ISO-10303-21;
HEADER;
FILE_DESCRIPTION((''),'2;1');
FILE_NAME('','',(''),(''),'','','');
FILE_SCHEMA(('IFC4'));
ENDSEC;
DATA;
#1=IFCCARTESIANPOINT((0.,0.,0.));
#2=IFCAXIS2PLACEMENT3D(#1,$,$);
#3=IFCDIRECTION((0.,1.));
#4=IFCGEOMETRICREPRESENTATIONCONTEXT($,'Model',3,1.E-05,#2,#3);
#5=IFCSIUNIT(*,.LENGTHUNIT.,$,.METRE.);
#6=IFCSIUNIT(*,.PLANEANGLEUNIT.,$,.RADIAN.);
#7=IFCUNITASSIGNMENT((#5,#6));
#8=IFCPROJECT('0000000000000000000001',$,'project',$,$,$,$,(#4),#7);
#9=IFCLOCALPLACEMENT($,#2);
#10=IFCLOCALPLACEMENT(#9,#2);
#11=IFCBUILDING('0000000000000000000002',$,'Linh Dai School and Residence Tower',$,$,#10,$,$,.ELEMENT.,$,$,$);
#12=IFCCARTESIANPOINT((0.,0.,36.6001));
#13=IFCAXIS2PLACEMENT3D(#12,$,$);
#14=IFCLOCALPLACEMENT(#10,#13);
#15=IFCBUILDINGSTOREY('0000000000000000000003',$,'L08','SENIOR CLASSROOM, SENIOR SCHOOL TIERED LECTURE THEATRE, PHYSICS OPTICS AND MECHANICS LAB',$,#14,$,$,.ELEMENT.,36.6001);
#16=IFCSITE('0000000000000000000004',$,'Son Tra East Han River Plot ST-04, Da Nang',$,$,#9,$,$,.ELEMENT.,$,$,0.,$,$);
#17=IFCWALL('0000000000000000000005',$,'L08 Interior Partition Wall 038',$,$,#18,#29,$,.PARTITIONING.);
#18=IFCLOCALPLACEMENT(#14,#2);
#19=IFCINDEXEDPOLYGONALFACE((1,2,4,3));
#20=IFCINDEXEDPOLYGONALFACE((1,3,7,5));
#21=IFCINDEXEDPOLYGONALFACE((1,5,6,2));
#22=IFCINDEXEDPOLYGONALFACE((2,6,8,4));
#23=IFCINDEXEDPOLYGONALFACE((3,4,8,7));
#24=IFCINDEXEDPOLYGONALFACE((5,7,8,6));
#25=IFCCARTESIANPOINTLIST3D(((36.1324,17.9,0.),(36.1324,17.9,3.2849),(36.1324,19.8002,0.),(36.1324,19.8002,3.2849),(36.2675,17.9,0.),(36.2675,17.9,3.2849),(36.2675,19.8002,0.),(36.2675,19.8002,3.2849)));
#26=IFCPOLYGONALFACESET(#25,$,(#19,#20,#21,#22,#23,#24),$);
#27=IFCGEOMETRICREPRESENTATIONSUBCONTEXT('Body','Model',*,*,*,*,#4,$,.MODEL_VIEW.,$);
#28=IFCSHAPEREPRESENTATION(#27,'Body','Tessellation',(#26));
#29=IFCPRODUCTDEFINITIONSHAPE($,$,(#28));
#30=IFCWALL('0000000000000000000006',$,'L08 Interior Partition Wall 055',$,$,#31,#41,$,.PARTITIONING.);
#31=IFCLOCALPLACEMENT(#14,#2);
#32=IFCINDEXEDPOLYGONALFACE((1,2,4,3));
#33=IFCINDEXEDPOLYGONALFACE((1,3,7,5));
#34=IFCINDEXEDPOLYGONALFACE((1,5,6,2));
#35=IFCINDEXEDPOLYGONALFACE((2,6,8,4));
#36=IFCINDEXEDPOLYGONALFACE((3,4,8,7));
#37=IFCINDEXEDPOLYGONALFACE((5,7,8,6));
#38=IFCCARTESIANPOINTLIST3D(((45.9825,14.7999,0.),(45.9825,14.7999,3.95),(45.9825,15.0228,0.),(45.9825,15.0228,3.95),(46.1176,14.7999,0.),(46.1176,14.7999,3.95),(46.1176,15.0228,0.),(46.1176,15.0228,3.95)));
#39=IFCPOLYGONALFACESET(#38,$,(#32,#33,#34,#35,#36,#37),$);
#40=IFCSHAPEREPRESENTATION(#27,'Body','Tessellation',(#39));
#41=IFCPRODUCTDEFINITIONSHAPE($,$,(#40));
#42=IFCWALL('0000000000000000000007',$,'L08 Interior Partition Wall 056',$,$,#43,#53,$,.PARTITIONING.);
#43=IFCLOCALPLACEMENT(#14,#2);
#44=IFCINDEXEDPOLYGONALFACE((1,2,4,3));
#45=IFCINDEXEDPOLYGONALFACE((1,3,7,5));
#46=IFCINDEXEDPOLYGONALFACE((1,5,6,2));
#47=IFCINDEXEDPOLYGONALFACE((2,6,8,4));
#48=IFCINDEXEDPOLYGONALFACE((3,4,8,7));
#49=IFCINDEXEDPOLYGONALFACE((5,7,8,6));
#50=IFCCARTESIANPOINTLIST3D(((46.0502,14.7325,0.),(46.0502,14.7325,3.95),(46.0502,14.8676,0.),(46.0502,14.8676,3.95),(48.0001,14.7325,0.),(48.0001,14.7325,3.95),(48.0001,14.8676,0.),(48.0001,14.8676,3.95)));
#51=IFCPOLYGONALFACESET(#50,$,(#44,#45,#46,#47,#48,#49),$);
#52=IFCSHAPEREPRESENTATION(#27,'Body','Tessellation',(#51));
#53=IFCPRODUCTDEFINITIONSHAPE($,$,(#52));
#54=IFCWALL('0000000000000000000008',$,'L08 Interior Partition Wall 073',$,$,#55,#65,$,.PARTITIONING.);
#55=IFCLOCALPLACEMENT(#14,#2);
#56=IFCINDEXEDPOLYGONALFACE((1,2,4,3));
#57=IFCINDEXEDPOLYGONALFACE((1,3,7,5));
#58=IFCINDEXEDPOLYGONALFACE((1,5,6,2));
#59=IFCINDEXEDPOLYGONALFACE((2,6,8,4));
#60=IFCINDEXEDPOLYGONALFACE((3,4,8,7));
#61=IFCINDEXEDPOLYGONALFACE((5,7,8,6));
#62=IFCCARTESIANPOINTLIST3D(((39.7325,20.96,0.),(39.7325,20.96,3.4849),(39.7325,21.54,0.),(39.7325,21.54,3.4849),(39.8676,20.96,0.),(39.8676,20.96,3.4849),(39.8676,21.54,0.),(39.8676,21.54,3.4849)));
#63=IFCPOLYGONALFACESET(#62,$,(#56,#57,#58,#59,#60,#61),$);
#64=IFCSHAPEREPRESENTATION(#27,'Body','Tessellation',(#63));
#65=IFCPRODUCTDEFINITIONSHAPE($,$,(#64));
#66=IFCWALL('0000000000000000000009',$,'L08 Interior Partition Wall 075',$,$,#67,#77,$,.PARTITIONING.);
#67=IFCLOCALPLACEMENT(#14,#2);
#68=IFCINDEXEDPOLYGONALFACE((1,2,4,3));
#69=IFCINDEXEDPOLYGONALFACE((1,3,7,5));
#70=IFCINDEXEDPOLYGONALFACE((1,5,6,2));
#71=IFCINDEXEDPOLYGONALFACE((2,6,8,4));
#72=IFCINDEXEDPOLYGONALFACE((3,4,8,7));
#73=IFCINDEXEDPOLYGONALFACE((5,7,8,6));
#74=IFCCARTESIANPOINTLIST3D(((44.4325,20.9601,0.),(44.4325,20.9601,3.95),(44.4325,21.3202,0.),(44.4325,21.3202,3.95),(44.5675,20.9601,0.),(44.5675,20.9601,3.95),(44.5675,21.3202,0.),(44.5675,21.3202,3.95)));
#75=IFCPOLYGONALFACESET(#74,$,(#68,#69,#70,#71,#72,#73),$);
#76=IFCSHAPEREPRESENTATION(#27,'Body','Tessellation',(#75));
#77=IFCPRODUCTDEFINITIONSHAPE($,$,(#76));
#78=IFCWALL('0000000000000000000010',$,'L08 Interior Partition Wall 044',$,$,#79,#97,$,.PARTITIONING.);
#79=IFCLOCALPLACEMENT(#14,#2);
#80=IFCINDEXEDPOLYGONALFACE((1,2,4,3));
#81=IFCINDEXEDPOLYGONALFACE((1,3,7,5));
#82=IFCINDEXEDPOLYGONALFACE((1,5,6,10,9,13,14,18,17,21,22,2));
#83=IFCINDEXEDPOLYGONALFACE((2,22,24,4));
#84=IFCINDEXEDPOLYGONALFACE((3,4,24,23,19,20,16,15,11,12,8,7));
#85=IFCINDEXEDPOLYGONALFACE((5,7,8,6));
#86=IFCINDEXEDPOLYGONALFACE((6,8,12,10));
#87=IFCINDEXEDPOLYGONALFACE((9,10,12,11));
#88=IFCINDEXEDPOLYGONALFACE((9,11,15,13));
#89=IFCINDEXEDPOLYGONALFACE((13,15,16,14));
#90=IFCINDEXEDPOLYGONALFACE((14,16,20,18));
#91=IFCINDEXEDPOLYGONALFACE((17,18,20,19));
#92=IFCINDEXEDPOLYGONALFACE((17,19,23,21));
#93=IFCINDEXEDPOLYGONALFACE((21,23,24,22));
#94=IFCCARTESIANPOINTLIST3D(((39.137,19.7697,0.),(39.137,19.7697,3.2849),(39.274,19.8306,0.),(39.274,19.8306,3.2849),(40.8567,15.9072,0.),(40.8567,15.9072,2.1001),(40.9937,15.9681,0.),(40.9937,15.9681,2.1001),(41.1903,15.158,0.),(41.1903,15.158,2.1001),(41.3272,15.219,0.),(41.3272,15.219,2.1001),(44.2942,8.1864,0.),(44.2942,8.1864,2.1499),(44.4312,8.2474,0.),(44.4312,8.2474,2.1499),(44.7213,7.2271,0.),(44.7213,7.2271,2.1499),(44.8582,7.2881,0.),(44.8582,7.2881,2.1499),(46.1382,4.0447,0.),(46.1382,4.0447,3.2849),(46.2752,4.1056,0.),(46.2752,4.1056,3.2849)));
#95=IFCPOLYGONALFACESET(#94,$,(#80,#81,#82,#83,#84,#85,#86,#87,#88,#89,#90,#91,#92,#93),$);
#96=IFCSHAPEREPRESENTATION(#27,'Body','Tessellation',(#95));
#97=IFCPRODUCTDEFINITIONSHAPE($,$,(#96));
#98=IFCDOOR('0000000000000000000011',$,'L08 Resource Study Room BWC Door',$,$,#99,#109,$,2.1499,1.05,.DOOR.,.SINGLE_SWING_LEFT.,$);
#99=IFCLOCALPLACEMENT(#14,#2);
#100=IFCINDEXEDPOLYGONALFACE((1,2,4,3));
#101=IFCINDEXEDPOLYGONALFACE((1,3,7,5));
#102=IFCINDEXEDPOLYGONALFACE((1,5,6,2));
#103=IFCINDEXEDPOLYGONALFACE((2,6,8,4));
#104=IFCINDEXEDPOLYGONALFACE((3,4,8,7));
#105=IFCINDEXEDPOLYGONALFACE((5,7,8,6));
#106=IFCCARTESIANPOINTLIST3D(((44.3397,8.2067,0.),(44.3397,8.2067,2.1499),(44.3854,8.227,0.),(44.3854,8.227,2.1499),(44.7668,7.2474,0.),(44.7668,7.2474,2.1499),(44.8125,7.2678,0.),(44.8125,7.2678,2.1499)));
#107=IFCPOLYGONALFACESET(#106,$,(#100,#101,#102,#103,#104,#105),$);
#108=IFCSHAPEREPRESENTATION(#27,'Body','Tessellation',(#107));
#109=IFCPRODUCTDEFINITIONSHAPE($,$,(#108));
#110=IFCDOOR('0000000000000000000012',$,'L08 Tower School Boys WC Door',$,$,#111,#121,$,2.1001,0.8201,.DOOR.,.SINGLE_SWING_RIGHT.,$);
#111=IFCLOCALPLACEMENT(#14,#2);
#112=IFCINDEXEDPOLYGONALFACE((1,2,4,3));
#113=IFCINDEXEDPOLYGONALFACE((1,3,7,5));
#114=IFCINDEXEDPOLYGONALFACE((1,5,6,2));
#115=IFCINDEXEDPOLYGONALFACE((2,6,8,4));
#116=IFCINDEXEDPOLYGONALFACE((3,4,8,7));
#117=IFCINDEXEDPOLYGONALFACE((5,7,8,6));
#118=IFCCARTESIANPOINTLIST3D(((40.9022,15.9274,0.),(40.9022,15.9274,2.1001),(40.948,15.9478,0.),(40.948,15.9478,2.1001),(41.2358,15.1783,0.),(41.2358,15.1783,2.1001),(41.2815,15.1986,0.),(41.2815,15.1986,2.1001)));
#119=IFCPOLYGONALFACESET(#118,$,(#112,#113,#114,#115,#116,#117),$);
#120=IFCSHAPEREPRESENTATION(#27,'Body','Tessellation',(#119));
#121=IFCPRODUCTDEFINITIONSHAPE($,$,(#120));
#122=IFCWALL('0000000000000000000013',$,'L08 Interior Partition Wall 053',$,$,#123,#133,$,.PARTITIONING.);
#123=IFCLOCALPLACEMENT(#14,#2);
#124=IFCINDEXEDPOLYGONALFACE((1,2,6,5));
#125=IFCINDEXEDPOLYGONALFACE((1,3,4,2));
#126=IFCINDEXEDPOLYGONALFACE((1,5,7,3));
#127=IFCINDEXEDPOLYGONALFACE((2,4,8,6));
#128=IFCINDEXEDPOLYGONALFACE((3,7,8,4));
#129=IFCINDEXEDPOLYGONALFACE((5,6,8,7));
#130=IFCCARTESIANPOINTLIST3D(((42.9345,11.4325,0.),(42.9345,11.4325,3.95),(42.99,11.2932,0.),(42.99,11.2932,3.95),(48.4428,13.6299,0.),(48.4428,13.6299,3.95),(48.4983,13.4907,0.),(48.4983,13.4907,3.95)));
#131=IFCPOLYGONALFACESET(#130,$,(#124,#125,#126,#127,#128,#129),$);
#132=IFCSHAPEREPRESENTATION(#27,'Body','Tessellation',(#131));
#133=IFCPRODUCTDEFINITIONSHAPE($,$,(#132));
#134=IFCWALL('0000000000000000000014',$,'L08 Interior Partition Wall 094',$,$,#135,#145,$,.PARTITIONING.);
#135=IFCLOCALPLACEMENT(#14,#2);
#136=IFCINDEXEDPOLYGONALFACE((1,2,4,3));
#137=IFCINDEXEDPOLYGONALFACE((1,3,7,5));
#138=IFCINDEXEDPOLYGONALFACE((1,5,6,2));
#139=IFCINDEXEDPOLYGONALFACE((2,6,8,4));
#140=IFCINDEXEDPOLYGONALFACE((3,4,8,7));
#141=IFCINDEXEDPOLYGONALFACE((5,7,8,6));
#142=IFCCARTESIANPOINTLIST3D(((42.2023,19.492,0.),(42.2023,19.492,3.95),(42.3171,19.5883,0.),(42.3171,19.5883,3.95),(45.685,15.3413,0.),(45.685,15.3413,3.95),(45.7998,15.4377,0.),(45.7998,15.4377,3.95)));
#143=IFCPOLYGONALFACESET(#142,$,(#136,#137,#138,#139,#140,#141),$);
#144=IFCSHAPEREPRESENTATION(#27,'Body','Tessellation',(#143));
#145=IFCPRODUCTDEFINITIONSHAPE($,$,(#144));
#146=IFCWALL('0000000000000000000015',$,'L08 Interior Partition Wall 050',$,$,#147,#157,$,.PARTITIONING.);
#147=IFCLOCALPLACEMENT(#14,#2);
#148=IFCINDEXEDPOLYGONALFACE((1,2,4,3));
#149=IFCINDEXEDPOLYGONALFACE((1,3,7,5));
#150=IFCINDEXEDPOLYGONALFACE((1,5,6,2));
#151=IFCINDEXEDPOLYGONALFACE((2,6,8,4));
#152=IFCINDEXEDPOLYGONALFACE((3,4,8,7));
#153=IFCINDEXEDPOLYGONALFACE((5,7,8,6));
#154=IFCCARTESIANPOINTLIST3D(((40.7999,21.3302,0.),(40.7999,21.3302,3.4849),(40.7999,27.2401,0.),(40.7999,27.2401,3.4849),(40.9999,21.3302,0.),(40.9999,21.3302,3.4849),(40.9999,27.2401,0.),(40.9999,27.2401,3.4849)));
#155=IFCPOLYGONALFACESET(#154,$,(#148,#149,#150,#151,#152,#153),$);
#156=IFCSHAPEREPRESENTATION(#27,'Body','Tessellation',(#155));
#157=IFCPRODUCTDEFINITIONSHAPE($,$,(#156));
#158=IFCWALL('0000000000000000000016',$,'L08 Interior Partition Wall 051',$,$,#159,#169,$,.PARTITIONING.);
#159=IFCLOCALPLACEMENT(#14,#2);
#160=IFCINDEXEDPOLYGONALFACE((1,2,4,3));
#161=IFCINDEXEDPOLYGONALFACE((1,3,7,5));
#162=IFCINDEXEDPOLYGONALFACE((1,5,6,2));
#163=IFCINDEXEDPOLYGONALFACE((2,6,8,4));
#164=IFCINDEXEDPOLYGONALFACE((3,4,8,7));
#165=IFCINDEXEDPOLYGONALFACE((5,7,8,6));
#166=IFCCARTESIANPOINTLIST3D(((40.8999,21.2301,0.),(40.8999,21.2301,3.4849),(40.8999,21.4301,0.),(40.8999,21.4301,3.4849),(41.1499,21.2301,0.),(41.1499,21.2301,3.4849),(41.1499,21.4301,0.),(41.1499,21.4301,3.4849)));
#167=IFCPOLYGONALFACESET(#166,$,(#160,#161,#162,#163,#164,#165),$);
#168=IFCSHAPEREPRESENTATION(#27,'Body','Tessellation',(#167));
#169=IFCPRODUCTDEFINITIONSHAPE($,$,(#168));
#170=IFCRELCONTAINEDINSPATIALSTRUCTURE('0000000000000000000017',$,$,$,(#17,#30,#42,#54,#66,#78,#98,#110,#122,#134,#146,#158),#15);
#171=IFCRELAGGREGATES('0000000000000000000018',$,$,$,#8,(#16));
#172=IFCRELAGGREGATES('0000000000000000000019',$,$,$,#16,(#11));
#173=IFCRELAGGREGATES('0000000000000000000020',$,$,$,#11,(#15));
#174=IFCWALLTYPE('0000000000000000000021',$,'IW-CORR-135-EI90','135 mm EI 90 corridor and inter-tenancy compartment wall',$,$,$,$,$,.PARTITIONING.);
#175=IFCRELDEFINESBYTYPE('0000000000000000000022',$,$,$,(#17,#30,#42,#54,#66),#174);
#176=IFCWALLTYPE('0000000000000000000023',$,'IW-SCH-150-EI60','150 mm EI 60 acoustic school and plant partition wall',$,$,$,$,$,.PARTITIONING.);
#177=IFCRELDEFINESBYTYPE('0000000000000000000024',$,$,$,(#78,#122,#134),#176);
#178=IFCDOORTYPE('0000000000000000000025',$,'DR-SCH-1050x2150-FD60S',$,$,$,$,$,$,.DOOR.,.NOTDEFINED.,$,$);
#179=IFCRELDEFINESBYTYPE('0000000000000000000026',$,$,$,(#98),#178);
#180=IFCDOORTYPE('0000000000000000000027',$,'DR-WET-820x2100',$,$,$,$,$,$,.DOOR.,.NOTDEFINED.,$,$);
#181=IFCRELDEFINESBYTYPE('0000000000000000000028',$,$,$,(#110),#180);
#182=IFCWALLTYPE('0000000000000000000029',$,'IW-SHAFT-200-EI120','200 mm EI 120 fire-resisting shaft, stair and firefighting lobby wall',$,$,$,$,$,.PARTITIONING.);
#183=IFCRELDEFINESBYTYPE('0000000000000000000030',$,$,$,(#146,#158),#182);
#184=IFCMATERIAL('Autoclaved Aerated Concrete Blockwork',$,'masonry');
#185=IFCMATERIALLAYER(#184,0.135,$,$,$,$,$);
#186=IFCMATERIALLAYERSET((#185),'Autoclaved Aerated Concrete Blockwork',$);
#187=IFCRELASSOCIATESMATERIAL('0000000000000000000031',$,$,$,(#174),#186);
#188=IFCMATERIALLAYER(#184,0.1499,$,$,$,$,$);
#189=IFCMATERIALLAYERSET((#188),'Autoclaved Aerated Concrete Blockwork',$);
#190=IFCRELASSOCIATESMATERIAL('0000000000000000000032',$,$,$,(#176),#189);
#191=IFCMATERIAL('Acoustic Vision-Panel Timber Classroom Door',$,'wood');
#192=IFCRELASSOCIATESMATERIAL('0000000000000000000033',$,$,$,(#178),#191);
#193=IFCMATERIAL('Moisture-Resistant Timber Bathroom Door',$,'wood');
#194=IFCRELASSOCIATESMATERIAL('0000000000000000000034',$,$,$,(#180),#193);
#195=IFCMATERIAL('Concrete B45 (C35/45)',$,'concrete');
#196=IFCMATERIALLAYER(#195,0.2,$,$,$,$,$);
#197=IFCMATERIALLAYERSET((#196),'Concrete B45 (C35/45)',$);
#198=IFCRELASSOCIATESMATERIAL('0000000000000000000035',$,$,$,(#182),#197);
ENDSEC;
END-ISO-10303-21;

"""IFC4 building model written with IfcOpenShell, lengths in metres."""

from ifc_helpers import new_model, si_unit, direction, frame, frame_2d, origin, origin_2d, place, context, subcontext, project, spatial, rectangle, extrude, source, transform, mapped, material, layer, layer_set, type_object, element, fill, save


model = new_model("IFC4")

# Units and contexts
model_context = context("Model", 3, precision=1e-05, world=origin(), true_north=direction((0.0, 1.0)))
body_context = subcontext(model_context, "Body", "Model", "MODEL_VIEW")
ifc_project = project(units=[si_unit("LENGTHUNIT", "METRE"), si_unit("PLANEANGLEUNIT", "RADIAN")], contexts=[model_context])

# Site, building, storey
site_placement = place(None, origin())
site = spatial("IfcSite", under=ifc_project, at=site_placement, Name="Son Tra East Han River Plot ST-04, Da Nang", CompositionType="ELEMENT", RefElevation=0.0)
building_placement = place(site_placement, origin())
building = spatial("IfcBuilding", under=site, at=building_placement, Name="Linh Dai School and Residence Tower", CompositionType="ELEMENT")
storey_placement = place(building_placement, frame((0.0, 0.0, 36.6001)))
storey = spatial("IfcBuildingStorey", under=building, at=storey_placement, Name="L08", Description="SENIOR CLASSROOM, SENIOR SCHOOL TIERED LECTURE THEATRE, PHYSICS OPTICS AND MECHANICS LAB", CompositionType="ELEMENT", Elevation=36.6001)

# Walls
ifc_material_1 = material(Name="Autoclaved Aerated Concrete Blockwork", Category="masonry")
ifc_layer_1 = layer(ifc_material_1, 0.135)
ifc_layer_set_1 = layer_set([ifc_layer_1], Name="Autoclaved Aerated Concrete Blockwork")
wall_type_1 = type_object("IfcWallType", Name="IW-CORR-135-EI90", Description="135 mm EI 90 corridor and inter-tenancy compartment wall", PredefinedType="PARTITIONING", material=ifc_layer_set_1)
wall_1_placement = place(storey_placement, frame((36.2, 17.8999, 0.0), z_axis=(0.0, 0.0, 1.0), x_axis=(0.0, 1.0, 0.0)))
element("IfcWall", 1, at=wall_1_placement, inside=storey, type_object=wall_type_1, Name="L08 Interior Partition Wall 038", PredefinedType="PARTITIONING", context=body_context, shape_type="SweptSolid", body=[
    extrude(rectangle(XDim=1.9001, YDim=0.135, at=frame_2d((0.9502, 0.0))), origin(), (0.0, 0.0, 1.0), 3.2849),
])
wall_2_placement = place(storey_placement, frame((46.05, 14.8, 0.0), z_axis=(0.0, 0.0, 1.0), x_axis=(0.0, 1.0, 0.0)))
element("IfcWall", 2, at=wall_2_placement, inside=storey, type_object=wall_type_1, Name="L08 Interior Partition Wall 055", PredefinedType="PARTITIONING", context=body_context, shape_type="SweptSolid", body=[
    extrude(rectangle(XDim=0.2229, YDim=0.135, at=frame_2d((0.1113, 0.0))), origin(), (0.0, 0.0, 1.0), 3.95),
])
wall_3_placement = place(storey_placement, frame((46.05, 14.8, 0.0), z_axis=(0.0, 0.0, 1.0), x_axis=(1.0, 0.0, 0.0)))
element("IfcWall", 3, at=wall_3_placement, inside=storey, type_object=wall_type_1, Name="L08 Interior Partition Wall 056", PredefinedType="PARTITIONING", context=body_context, shape_type="SweptSolid", body=[
    extrude(rectangle(XDim=1.95, YDim=0.135, at=frame_2d((0.9751, 0.0))), origin(), (0.0, 0.0, 1.0), 3.95),
])
wall_4_placement = place(storey_placement, frame((39.8, 20.96, 0.0), z_axis=(0.0, 0.0, 1.0), x_axis=(0.0, 1.0, 0.0)))
element("IfcWall", 4, at=wall_4_placement, inside=storey, type_object=wall_type_1, Name="L08 Interior Partition Wall 073", PredefinedType="PARTITIONING", context=body_context, shape_type="SweptSolid", body=[
    extrude(rectangle(XDim=0.5801, YDim=0.135, at=frame_2d((0.29, 0.0))), origin(), (0.0, 0.0, 1.0), 3.4849),
])
wall_5_placement = place(storey_placement, frame((44.5, 20.96, 0.0), z_axis=(0.0, 0.0, 1.0), x_axis=(0.0, 1.0, 0.0)))
element("IfcWall", 5, at=wall_5_placement, inside=storey, type_object=wall_type_1, Name="L08 Interior Partition Wall 075", PredefinedType="PARTITIONING", context=body_context, shape_type="SweptSolid", body=[
    extrude(rectangle(XDim=0.3601, YDim=0.135, at=frame_2d((0.1802, 0.0))), origin(), (0.0, 0.0, 1.0), 3.95),
])

# Wall, openings, doors
ifc_layer_2 = layer(ifc_material_1, 0.1499)
ifc_layer_set_2 = layer_set([ifc_layer_2], Name="Autoclaved Aerated Concrete Blockwork")
wall_type_2 = type_object("IfcWallType", Name="IW-SCH-150-EI60", Description="150 mm EI 60 acoustic school and plant partition wall", PredefinedType="PARTITIONING", material=ifc_layer_set_2)
wall_6_placement = place(storey_placement, frame((39.2056, 19.8, 0.0), z_axis=(0.0, 0.0, 1.0), x_axis=(0.406735, -0.913546, 0.0)))
wall_6 = element("IfcWall", 6, at=wall_6_placement, inside=storey, type_object=wall_type_2, Name="L08 Interior Partition Wall 044", PredefinedType="PARTITIONING", context=body_context, shape_type="SweptSolid", body=[
    extrude(rectangle(XDim=17.2131, YDim=0.1499, at=frame_2d((8.6064, 0.0))), origin(), (0.0, 0.0, 1.0), 3.2849),
])
opening_1_placement = place(wall_6_placement, frame((4.2278, 0.0, 0.0)))
opening_1 = element("IfcOpeningElement", 7, at=opening_1_placement, cuts=wall_6, PredefinedType="OPENING", context=body_context, shape_type="SweptSolid", body=[
    extrude(rectangle(XDim=0.8201, YDim=2.1001, at=origin_2d()), frame((0.4102, 0.085, 1.05), z_axis=(0.0, -1.0, 0.0), x_axis=(1.0, 0.0, 0.0)), (0.0, 0.0, 1.0), 0.1699),
])
opening_2_placement = place(wall_6_placement, frame((12.6794, 0.0, 0.0)))
opening_2 = element("IfcOpeningElement", 8, at=opening_2_placement, cuts=wall_6, PredefinedType="OPENING", context=body_context, shape_type="SweptSolid", body=[
    extrude(rectangle(XDim=1.05, YDim=2.1499, at=origin_2d()), frame((0.5249, 0.085, 1.075), z_axis=(0.0, -1.0, 0.0), x_axis=(1.0, 0.0, 0.0)), (0.0, 0.0, 1.0), 0.1699),
])
ifc_material_2 = material(Name="Acoustic Vision-Panel Timber Classroom Door", Category="wood")
door_type_1 = type_object("IfcDoorType", Name="DR-SCH-1050x2150-FD60S", OperationType="NOTDEFINED", PredefinedType="DOOR", material=ifc_material_2)
shared_shape_1 = source(origin(), body_context, "Body", "SweptSolid", [
    extrude(rectangle(XDim=1.05, YDim=2.1499, at=origin_2d()), frame((0.5249, 0.0249, 1.075), z_axis=(0.0, -1.0, 0.0), x_axis=(1.0, 0.0, 0.0)), (0.0, 0.0, 1.0), 0.05),
])
door_1_placement = place(opening_2_placement, origin())
door_1 = element("IfcDoor", 9, at=door_1_placement, inside=storey, type_object=door_type_1, Name="L08 Resource Study Room BWC Door", OperationType="SINGLE_SWING_LEFT", OverallHeight=2.1499, OverallWidth=1.05, PredefinedType="DOOR", context=body_context, shape_type="MappedRepresentation", body=[
    mapped(shared_shape_1, transform((0.0, 0.0, 0.0), x_axis=(1.0, 0.0, 0.0), y_axis=(0.0, 1.0, 0.0), z_axis=(0.0, 0.0, 1.0), scale=1.0)),
])
fill(opening_2, door_1)
ifc_material_3 = material(Name="Moisture-Resistant Timber Bathroom Door", Category="wood")
door_type_2 = type_object("IfcDoorType", Name="DR-WET-820x2100", OperationType="NOTDEFINED", PredefinedType="DOOR", material=ifc_material_3)
shared_shape_2 = source(origin(), body_context, "Body", "SweptSolid", [
    extrude(rectangle(XDim=0.8201, YDim=2.1001, at=origin_2d()), frame((0.4102, 0.0249, 1.05), z_axis=(0.0, -1.0, 0.0), x_axis=(1.0, 0.0, 0.0)), (0.0, 0.0, 1.0), 0.05),
])
door_2_placement = place(opening_1_placement, origin())
door_2 = element("IfcDoor", 10, at=door_2_placement, inside=storey, type_object=door_type_2, Name="L08 Tower School Boys WC Door", OperationType="SINGLE_SWING_RIGHT", OverallHeight=2.1001, OverallWidth=0.8201, PredefinedType="DOOR", context=body_context, shape_type="MappedRepresentation", body=[
    mapped(shared_shape_2, transform((0.0, 0.0, 0.0), x_axis=(1.0, 0.0, 0.0), y_axis=(0.0, 1.0, 0.0), z_axis=(0.0, 0.0, 1.0), scale=1.0)),
])
fill(opening_1, door_2)

# Walls
wall_7_placement = place(storey_placement, frame((42.9622, 11.3628, 0.0), z_axis=(0.0, 0.0, 1.0), x_axis=(0.928814, 0.370546, 0.0)))
element("IfcWall", 11, at=wall_7_placement, inside=storey, type_object=wall_type_2, Name="L08 Interior Partition Wall 053", PredefinedType="PARTITIONING", context=body_context, shape_type="SweptSolid", body=[
    extrude(rectangle(XDim=5.9304, YDim=0.1499, at=frame_2d((2.9653, 0.0))), origin(), (0.0, 0.0, 1.0), 3.95),
])
wall_8_placement = place(storey_placement, frame((42.2598, 19.54, 0.0), z_axis=(0.0, 0.0, 1.0), x_axis=(0.642774, -0.766056, 0.0)))
element("IfcWall", 12, at=wall_8_placement, inside=storey, type_object=wall_type_2, Name="L08 Interior Partition Wall 094", PredefinedType="PARTITIONING", context=body_context, shape_type="SweptSolid", body=[
    extrude(rectangle(XDim=5.4182, YDim=0.1499, at=frame_2d((2.709, 0.0))), origin(), (0.0, 0.0, 1.0), 3.95),
])
ifc_material_4 = material(Name="Concrete B45 (C35/45)", Category="concrete")
ifc_layer_3 = layer(ifc_material_4, 0.2)
ifc_layer_set_3 = layer_set([ifc_layer_3], Name="Concrete B45 (C35/45)")
wall_type_3 = type_object("IfcWallType", Name="IW-SHAFT-200-EI120", Description="200 mm EI 120 fire-resisting shaft, stair and firefighting lobby wall", PredefinedType="PARTITIONING", material=ifc_layer_set_3)
wall_9_placement = place(storey_placement, frame((40.8999, 21.3301, 0.0), z_axis=(0.0, 0.0, 1.0), x_axis=(0.0, 1.0, 0.0)))
element("IfcWall", 13, at=wall_9_placement, inside=storey, type_object=wall_type_3, Name="L08 Interior Partition Wall 050", PredefinedType="PARTITIONING", context=body_context, shape_type="SweptSolid", body=[
    extrude(rectangle(XDim=5.9099, YDim=0.2, at=frame_2d((2.9551, 0.0))), origin(), (0.0, 0.0, 1.0), 3.4849),
])
wall_10_placement = place(storey_placement, frame((40.8999, 21.3301, 0.0), z_axis=(0.0, 0.0, 1.0), x_axis=(1.0, 0.0, 0.0)))
element("IfcWall", 14, at=wall_10_placement, inside=storey, type_object=wall_type_3, Name="L08 Interior Partition Wall 051", PredefinedType="PARTITIONING", context=body_context, shape_type="SweptSolid", body=[
    extrude(rectangle(XDim=0.25, YDim=0.2, at=frame_2d((0.125, 0.0))), origin(), (0.0, 0.0, 1.0), 3.4849),
])

save(model, "model.ifc")
